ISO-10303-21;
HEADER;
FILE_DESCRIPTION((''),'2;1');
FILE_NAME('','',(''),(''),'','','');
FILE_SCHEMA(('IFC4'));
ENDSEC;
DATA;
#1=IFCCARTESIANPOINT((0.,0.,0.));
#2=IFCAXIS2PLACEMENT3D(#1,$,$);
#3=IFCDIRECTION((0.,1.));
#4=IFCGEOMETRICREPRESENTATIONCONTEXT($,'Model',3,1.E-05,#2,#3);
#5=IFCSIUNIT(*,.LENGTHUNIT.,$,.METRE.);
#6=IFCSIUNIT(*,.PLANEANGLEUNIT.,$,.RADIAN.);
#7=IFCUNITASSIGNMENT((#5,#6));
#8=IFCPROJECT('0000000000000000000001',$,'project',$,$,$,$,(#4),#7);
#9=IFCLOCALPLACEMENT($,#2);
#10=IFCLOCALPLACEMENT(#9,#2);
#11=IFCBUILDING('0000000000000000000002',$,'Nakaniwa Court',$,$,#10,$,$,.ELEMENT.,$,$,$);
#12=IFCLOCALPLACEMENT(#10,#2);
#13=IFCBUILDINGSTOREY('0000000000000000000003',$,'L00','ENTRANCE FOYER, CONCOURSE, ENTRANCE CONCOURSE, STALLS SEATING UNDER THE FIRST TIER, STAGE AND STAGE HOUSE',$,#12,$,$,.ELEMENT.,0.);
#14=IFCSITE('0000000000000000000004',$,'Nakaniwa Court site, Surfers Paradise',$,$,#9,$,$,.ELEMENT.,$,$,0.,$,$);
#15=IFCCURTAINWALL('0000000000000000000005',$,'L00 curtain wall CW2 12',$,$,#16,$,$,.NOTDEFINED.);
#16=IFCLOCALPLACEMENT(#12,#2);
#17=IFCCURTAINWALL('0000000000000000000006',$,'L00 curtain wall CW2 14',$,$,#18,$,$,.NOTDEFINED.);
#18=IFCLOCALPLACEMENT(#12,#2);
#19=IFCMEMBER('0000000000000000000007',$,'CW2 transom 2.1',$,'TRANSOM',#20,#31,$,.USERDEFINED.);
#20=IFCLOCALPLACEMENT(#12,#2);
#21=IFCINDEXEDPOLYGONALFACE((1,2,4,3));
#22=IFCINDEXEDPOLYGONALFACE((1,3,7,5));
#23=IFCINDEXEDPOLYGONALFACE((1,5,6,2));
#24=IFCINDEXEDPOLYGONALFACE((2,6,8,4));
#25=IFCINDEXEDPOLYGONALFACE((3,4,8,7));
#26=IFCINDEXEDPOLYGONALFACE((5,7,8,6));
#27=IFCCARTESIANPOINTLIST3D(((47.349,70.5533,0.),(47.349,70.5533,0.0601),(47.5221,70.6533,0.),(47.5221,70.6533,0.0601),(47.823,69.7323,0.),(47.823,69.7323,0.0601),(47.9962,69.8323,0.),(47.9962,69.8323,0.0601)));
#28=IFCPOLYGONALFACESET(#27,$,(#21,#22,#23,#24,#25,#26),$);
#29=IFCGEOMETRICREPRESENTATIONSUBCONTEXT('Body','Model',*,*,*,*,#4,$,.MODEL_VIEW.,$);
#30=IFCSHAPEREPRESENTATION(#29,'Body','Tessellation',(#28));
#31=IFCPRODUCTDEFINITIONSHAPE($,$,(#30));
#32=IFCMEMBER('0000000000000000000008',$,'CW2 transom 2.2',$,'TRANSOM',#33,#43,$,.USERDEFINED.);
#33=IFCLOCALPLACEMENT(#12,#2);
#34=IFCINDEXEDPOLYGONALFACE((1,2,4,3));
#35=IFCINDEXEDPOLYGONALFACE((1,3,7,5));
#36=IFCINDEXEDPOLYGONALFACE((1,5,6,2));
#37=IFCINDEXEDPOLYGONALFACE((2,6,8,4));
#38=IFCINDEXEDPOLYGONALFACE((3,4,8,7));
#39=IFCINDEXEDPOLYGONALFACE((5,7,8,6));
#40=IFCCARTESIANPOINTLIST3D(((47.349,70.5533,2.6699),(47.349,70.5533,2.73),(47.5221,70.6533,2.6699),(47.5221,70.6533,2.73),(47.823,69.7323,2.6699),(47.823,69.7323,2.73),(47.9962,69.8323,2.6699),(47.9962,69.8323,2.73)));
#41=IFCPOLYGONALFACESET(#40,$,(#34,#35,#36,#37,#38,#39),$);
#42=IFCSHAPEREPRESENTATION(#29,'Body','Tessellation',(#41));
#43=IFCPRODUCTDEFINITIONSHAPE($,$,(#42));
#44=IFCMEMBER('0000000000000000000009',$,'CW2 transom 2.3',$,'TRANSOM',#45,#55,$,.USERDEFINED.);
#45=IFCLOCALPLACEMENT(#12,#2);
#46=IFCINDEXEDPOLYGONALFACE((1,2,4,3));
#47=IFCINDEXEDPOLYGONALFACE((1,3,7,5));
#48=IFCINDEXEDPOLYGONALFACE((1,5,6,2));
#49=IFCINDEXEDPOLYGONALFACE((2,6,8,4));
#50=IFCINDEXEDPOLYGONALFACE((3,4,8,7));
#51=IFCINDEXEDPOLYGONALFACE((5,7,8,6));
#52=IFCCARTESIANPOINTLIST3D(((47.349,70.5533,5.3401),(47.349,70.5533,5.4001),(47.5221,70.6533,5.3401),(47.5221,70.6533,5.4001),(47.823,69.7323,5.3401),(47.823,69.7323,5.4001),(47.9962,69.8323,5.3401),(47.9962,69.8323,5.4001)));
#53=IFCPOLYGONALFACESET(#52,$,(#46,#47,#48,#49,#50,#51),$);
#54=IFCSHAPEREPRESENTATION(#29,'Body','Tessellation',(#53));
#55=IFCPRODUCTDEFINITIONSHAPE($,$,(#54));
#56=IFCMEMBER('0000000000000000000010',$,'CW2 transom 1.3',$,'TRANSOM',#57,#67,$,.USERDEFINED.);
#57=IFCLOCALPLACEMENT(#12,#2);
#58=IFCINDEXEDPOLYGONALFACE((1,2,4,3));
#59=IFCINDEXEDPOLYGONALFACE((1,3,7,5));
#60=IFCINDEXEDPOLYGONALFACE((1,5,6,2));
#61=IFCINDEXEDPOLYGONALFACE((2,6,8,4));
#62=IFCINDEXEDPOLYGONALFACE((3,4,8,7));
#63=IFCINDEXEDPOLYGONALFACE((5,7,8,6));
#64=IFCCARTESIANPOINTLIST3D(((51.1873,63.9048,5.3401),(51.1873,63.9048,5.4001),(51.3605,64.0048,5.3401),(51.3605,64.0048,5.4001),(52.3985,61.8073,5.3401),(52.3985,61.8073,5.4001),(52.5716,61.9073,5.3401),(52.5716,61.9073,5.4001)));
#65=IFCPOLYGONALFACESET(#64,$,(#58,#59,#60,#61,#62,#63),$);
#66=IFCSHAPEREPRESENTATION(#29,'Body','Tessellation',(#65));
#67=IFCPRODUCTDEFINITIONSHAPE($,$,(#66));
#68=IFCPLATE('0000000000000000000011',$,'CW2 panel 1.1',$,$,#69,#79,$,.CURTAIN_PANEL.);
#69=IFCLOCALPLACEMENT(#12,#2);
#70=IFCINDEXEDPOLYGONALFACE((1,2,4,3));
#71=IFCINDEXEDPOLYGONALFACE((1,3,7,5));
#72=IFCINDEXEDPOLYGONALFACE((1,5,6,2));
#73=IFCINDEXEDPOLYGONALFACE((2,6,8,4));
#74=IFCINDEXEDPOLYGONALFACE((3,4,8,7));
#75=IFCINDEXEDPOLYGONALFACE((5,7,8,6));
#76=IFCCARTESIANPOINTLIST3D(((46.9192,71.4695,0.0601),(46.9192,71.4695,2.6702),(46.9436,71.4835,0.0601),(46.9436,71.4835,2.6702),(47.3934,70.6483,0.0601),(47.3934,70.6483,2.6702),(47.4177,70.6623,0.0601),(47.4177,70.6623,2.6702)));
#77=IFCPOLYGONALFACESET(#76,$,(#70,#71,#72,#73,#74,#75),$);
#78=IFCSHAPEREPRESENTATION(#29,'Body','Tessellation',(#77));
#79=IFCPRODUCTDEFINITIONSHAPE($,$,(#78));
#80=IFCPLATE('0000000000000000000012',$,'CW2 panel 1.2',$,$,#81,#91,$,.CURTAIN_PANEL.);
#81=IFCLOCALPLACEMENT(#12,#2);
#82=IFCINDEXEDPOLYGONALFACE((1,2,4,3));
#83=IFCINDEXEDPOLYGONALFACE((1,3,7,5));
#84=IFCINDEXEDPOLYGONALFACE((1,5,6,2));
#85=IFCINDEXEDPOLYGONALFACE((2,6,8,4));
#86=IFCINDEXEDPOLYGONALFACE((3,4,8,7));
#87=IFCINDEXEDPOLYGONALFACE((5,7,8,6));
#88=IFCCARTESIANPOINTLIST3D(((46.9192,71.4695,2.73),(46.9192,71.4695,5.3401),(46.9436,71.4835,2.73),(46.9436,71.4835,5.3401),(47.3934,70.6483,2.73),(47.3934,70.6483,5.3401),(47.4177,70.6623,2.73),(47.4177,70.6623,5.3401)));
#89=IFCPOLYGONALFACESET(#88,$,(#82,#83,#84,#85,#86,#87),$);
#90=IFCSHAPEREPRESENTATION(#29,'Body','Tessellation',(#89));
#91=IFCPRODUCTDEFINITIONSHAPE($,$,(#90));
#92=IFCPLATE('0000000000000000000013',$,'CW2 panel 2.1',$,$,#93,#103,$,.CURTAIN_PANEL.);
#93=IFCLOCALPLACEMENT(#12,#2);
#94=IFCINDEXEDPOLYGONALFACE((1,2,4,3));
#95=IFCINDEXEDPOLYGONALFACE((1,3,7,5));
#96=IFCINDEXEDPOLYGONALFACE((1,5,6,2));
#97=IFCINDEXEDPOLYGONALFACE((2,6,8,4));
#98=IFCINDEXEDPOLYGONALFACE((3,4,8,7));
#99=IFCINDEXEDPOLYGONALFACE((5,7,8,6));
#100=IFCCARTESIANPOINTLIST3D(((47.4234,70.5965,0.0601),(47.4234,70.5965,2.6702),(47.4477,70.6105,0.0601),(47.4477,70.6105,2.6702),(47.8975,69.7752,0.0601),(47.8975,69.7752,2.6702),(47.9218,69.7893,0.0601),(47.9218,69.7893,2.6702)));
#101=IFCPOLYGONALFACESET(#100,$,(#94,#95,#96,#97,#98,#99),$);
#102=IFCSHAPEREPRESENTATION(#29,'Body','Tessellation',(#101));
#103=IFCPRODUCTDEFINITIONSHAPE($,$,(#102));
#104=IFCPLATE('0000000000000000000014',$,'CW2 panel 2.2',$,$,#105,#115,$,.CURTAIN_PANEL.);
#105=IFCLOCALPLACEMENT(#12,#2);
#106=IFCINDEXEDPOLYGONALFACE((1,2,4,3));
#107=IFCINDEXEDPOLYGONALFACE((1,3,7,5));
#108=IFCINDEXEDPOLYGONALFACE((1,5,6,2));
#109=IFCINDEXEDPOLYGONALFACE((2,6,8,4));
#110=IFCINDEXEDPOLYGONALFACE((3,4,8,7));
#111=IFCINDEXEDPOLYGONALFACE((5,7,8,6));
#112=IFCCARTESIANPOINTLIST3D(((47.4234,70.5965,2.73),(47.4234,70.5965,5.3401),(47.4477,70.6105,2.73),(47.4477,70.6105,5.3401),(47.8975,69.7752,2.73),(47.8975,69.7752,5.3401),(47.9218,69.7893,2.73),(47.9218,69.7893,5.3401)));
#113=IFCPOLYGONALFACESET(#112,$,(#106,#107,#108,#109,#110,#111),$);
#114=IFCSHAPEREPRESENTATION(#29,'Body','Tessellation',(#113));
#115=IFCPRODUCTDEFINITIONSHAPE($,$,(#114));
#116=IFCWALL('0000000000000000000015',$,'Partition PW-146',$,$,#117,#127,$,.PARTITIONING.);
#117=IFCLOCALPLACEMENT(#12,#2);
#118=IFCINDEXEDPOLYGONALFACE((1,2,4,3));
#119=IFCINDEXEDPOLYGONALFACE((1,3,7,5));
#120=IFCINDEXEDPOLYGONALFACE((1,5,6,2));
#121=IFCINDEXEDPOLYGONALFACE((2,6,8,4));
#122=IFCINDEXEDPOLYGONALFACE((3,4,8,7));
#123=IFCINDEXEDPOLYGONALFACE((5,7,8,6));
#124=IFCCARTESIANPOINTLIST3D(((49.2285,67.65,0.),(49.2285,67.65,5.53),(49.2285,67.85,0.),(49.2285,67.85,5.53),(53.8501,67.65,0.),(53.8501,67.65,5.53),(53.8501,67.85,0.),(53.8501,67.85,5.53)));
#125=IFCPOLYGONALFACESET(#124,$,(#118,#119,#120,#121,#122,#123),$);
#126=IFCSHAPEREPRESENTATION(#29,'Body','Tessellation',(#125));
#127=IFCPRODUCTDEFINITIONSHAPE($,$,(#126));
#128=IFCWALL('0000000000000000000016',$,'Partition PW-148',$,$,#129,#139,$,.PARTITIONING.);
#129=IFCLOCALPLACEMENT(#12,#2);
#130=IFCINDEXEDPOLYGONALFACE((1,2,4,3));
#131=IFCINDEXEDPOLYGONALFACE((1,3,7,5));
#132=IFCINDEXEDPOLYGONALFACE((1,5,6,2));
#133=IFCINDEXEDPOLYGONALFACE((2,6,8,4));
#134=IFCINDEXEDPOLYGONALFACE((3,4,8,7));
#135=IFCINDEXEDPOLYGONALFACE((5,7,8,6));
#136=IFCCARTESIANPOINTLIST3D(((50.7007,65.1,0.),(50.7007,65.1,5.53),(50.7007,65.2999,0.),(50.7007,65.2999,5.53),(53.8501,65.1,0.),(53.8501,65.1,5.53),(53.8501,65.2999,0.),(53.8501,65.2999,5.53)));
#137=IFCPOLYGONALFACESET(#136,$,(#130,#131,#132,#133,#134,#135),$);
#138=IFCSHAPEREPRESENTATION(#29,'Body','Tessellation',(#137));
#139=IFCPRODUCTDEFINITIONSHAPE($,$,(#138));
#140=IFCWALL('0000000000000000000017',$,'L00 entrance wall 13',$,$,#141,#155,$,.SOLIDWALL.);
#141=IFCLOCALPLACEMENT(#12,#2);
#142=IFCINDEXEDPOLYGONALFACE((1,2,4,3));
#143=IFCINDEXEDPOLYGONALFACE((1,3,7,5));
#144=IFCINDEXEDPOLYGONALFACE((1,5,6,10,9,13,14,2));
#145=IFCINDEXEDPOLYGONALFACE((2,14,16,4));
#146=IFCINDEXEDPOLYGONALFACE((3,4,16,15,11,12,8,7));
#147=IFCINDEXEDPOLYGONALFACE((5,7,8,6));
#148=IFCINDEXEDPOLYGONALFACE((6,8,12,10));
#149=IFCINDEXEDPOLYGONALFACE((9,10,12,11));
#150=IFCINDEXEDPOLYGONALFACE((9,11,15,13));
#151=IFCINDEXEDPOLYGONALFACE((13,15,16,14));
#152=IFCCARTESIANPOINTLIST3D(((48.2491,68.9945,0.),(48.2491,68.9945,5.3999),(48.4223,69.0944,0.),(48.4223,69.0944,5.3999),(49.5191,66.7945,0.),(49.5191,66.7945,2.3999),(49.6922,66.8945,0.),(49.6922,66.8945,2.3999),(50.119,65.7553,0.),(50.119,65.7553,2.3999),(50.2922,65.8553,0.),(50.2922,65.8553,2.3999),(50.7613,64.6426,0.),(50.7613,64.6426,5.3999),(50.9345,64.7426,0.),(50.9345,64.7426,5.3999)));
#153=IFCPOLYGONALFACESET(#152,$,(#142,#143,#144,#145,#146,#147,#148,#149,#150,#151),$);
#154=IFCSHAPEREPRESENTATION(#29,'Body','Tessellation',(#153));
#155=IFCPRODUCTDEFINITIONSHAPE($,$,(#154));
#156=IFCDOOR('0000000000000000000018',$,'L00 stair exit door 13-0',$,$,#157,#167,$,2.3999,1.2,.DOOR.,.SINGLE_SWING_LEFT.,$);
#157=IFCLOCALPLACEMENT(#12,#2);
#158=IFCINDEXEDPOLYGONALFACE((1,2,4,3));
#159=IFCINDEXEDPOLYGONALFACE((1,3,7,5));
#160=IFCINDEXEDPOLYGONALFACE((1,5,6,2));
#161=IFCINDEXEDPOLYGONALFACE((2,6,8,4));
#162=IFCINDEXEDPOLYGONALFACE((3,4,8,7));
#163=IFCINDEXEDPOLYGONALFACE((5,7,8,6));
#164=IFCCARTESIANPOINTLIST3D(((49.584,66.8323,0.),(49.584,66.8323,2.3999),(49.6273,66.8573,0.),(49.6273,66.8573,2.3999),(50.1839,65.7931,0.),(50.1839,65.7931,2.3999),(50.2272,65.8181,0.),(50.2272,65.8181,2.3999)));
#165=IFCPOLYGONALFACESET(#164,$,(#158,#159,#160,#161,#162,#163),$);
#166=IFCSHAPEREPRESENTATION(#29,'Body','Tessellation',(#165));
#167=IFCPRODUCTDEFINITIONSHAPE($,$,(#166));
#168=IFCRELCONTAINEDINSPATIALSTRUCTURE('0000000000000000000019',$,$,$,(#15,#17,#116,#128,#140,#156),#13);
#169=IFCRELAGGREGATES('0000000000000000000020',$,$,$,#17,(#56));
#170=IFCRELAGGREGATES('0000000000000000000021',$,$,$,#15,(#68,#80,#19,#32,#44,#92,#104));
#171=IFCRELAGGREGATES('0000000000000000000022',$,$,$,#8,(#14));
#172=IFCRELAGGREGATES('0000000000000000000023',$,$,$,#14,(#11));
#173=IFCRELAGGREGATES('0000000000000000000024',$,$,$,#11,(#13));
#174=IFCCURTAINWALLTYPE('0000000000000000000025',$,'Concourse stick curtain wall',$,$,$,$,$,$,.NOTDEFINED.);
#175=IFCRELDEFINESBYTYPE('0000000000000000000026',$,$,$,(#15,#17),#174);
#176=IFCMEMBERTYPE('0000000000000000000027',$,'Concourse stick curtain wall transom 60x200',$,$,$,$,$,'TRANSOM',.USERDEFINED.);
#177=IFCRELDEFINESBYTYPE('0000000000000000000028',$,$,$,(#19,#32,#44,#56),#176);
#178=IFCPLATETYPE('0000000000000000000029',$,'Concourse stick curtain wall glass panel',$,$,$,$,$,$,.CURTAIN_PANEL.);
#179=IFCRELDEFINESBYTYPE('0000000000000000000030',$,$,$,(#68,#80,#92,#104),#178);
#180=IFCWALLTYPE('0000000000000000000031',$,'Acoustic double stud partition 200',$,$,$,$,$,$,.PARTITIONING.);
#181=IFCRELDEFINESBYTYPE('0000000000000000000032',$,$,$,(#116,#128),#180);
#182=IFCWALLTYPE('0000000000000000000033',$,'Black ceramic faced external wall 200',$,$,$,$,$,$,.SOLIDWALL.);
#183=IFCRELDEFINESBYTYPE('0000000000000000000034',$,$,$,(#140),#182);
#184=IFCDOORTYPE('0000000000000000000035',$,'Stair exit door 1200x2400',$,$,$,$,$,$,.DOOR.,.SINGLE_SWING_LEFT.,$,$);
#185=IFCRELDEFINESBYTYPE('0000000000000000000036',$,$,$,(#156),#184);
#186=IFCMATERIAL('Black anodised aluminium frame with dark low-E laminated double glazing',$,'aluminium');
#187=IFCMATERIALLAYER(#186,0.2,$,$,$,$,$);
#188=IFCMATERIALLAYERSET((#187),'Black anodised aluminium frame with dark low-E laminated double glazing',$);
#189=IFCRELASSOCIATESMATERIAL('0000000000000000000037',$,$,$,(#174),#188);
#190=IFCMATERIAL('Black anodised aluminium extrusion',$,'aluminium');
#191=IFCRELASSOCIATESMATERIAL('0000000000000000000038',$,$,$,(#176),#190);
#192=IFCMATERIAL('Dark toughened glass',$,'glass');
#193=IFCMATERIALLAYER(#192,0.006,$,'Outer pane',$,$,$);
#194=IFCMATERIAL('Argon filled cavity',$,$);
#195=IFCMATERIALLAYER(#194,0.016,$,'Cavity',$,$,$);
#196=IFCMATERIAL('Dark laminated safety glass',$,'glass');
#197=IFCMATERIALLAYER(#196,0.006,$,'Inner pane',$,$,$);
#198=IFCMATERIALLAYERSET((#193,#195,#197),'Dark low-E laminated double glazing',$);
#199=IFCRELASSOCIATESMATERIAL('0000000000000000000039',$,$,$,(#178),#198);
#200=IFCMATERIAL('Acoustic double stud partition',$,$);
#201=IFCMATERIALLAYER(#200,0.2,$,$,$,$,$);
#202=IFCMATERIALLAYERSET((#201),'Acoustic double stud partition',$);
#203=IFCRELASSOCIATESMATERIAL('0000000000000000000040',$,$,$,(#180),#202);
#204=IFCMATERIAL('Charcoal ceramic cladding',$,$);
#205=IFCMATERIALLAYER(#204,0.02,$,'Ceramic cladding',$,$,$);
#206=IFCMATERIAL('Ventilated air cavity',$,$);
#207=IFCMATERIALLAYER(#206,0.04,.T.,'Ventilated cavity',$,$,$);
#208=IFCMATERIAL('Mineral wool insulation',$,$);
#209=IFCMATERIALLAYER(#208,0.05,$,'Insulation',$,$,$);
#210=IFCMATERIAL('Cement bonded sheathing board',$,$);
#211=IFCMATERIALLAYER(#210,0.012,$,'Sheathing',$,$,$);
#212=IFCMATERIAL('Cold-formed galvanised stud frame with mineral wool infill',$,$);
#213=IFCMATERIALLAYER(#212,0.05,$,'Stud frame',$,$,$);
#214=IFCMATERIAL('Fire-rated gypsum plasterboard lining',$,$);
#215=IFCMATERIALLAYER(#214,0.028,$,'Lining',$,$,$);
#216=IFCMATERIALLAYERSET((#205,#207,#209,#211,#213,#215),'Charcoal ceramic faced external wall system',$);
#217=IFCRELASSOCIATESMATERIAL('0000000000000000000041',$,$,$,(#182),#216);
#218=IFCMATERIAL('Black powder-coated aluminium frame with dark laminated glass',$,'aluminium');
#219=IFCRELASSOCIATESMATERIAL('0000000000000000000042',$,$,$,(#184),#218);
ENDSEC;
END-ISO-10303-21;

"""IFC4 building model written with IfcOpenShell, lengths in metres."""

from ifc_helpers import new_model, si_unit, direction, frame, frame_2d, origin, origin_2d, place, context, subcontext, project, spatial, rectangle, extrude, material, layer, layer_set, material_profile, profile_set, type_object, element, fill, aggregate, save


model = new_model("IFC4")

# Units and contexts
model_context = context("Model", 3, precision=1e-05, world=origin(), true_north=direction((0.0, 1.0)))
body_context = subcontext(model_context, "Body", "Model", "MODEL_VIEW")
ifc_project = project(units=[si_unit("LENGTHUNIT", "METRE"), si_unit("PLANEANGLEUNIT", "RADIAN")], contexts=[model_context])

# Site, building, storey
site_placement = place(None, origin())
site = spatial("IfcSite", under=ifc_project, at=site_placement, Name="Nakaniwa Court site, Surfers Paradise", CompositionType="ELEMENT", RefElevation=0.0)
building_placement = place(site_placement, origin())
building = spatial("IfcBuilding", under=site, at=building_placement, Name="Nakaniwa Court", CompositionType="ELEMENT")
storey_placement = place(building_placement, origin())
storey = spatial("IfcBuildingStorey", under=building, at=storey_placement, Name="L00", Description="ENTRANCE FOYER, CONCOURSE, ENTRANCE CONCOURSE, STALLS SEATING UNDER THE FIRST TIER, STAGE AND STAGE HOUSE", CompositionType="ELEMENT", Elevation=0.0)

# Curtain wall
ifc_material_1 = material(Name="Black anodised aluminium frame with dark low-E laminated double glazing", Category="aluminium")
ifc_layer_1 = layer(ifc_material_1, 0.2)
ifc_layer_set_1 = layer_set([ifc_layer_1], Name="Black anodised aluminium frame with dark low-E laminated double glazing")
curtain_wall_type = type_object("IfcCurtainWallType", Name="Concourse stick curtain wall", PredefinedType="NOTDEFINED", material=ifc_layer_set_1)
curtain_wall_1_placement = place(storey_placement, origin())
curtain_wall_1 = element("IfcCurtainWall", 1, at=curtain_wall_1_placement, inside=storey, type_object=curtain_wall_type, Name="L00 curtain wall CW2 12", PredefinedType="NOTDEFINED")
ifc_material_2 = material(Name="Black anodised aluminium extrusion", Category="aluminium")

# Curtain wall
curtain_wall_2_placement = place(storey_placement, origin())
curtain_wall_2 = element("IfcCurtainWall", 2, at=curtain_wall_2_placement, inside=storey, type_object=curtain_wall_type, Name="L00 curtain wall CW2 14", PredefinedType="NOTDEFINED")

# Members
ifc_material_profile_1 = material_profile(ifc_material_2, rectangle(XDim=0.2, YDim=0.0601, at=origin_2d()), Name="Concourse stick curtain wall transom 60x200")
ifc_profile_set_1 = profile_set([ifc_material_profile_1], Name="Black anodised aluminium extrusion")
member_type_1 = type_object("IfcMemberType", Name="Concourse stick curtain wall transom 60x200", ElementType="TRANSOM", PredefinedType="USERDEFINED", material=ifc_profile_set_1)
member_1_placement = place(storey_placement, frame((47.4355, 70.6033, 0.03), z_axis=(0.500072, -0.865984, 0.0), x_axis=(0.865984, 0.500072, 0.0)))
member_1 = element("IfcMember", 3, at=member_1_placement, type_object=member_type_1, Name="CW2 transom 2.1", ObjectType="TRANSOM", PredefinedType="USERDEFINED", context=body_context, shape_type="SweptSolid", body=[
    extrude(rectangle(XDim=0.2, YDim=0.0601, at=origin_2d()), origin(), (0.0, 0.0, 1.0), 0.948),
])
member_2_placement = place(storey_placement, frame((47.4355, 70.6033, 2.7), z_axis=(0.500072, -0.865984, 0.0), x_axis=(0.865984, 0.500072, 0.0)))
member_2 = element("IfcMember", 4, at=member_2_placement, type_object=member_type_1, Name="CW2 transom 2.2", ObjectType="TRANSOM", PredefinedType="USERDEFINED", context=body_context, shape_type="SweptSolid", body=[
    extrude(rectangle(XDim=0.2, YDim=0.0601, at=origin_2d()), origin(), (0.0, 0.0, 1.0), 0.948),
])
member_3_placement = place(storey_placement, frame((47.4355, 70.6033, 5.3701), z_axis=(0.500072, -0.865984, 0.0), x_axis=(0.865984, 0.500072, 0.0)))
member_3 = element("IfcMember", 5, at=member_3_placement, type_object=member_type_1, Name="CW2 transom 2.3", ObjectType="TRANSOM", PredefinedType="USERDEFINED", context=body_context, shape_type="SweptSolid", body=[
    extrude(rectangle(XDim=0.2, YDim=0.0601, at=origin_2d()), origin(), (0.0, 0.0, 1.0), 0.948),
])
member_4_placement = place(storey_placement, frame((51.2739, 63.9548, 5.3701), z_axis=(0.500031, -0.866008, 0.0), x_axis=(0.866008, 0.500031, 0.0)))
member_4 = element("IfcMember", 6, at=member_4_placement, type_object=member_type_1, Name="CW2 transom 1.3", ObjectType="TRANSOM", PredefinedType="USERDEFINED", context=body_context, shape_type="SweptSolid", body=[
    extrude(rectangle(XDim=0.2, YDim=0.0601, at=origin_2d()), origin(), (0.0, 0.0, 1.0), 2.4221),
])
aggregate(curtain_wall_2, [member_4])

# Plates
ifc_material_3 = material(Name="Dark toughened glass", Category="glass")
ifc_layer_2 = layer(ifc_material_3, 0.006, Name="Outer pane")
ifc_material_4 = material(Name="Argon filled cavity")
ifc_layer_3 = layer(ifc_material_4, 0.016, Name="Cavity")
ifc_material_5 = material(Name="Dark laminated safety glass", Category="glass")
ifc_layer_4 = layer(ifc_material_5, 0.006, Name="Inner pane")
ifc_layer_set_2 = layer_set([ifc_layer_2, ifc_layer_3, ifc_layer_4], Name="Dark low-E laminated double glazing")
plate_type = type_object("IfcPlateType", Name="Concourse stick curtain wall glass panel", PredefinedType="CURTAIN_PANEL", material=ifc_layer_set_2)
plate_1_placement = place(storey_placement, frame((47.1685, 71.0659, 0.0601), z_axis=(0.0, 0.0, 1.0), x_axis=(0.499982, -0.866036, 0.0)))
plate_1 = element("IfcPlate", 7, at=plate_1_placement, type_object=plate_type, Name="CW2 panel 1.1", PredefinedType="CURTAIN_PANEL", context=body_context, shape_type="SweptSolid", body=[
    extrude(rectangle(XDim=0.9482, YDim=0.0281, at=origin_2d()), origin(), (0.0, 0.0, 1.0), 2.6101),
])
plate_2_placement = place(storey_placement, frame((47.1685, 71.0659, 2.73), z_axis=(0.0, 0.0, 1.0), x_axis=(0.499982, -0.866036, 0.0)))
plate_2 = element("IfcPlate", 8, at=plate_2_placement, type_object=plate_type, Name="CW2 panel 1.2", PredefinedType="CURTAIN_PANEL", context=body_context, shape_type="SweptSolid", body=[
    extrude(rectangle(XDim=0.9482, YDim=0.0281, at=origin_2d()), origin(), (0.0, 0.0, 1.0), 2.6101),
])
plate_3_placement = place(storey_placement, frame((47.6726, 70.1929, 0.0601), z_axis=(0.0, 0.0, 1.0), x_axis=(0.499982, -0.866036, 0.0)))
plate_3 = element("IfcPlate", 9, at=plate_3_placement, type_object=plate_type, Name="CW2 panel 2.1", PredefinedType="CURTAIN_PANEL", context=body_context, shape_type="SweptSolid", body=[
    extrude(rectangle(XDim=0.9482, YDim=0.0281, at=origin_2d()), origin(), (0.0, 0.0, 1.0), 2.6101),
])
plate_4_placement = place(storey_placement, frame((47.6726, 70.1929, 2.73), z_axis=(0.0, 0.0, 1.0), x_axis=(0.499982, -0.866036, 0.0)))
plate_4 = element("IfcPlate", 10, at=plate_4_placement, type_object=plate_type, Name="CW2 panel 2.2", PredefinedType="CURTAIN_PANEL", context=body_context, shape_type="SweptSolid", body=[
    extrude(rectangle(XDim=0.9482, YDim=0.0281, at=origin_2d()), origin(), (0.0, 0.0, 1.0), 2.6101),
])
aggregate(curtain_wall_1, [plate_1, plate_2, member_1, member_2, member_3, plate_3, plate_4])

# Walls
ifc_material_6 = material(Name="Acoustic double stud partition")
ifc_layer_5 = layer(ifc_material_6, 0.2)
ifc_layer_set_3 = layer_set([ifc_layer_5], Name="Acoustic double stud partition")
wall_type_1 = type_object("IfcWallType", Name="Acoustic double stud partition 200", PredefinedType="PARTITIONING", material=ifc_layer_set_3)
wall_1_placement = place(storey_placement, frame((49.2285, 67.75, 0.0), z_axis=(0.0, 0.0, 1.0), x_axis=(1.0, 0.0, 0.0)))
element("IfcWall", 11, at=wall_1_placement, inside=storey, type_object=wall_type_1, Name="Partition PW-146", PredefinedType="PARTITIONING", context=body_context, shape_type="SweptSolid", body=[
    extrude(rectangle(XDim=4.6216, YDim=0.2, at=frame_2d((2.3108, 0.0))), origin(), (0.0, 0.0, 1.0), 5.53),
])
wall_2_placement = place(storey_placement, frame((50.7007, 65.2, 0.0), z_axis=(0.0, 0.0, 1.0), x_axis=(1.0, 0.0, 0.0)))
element("IfcWall", 12, at=wall_2_placement, inside=storey, type_object=wall_type_1, Name="Partition PW-148", PredefinedType="PARTITIONING", context=body_context, shape_type="SweptSolid", body=[
    extrude(rectangle(XDim=3.1494, YDim=0.2, at=frame_2d((1.5747, 0.0))), origin(), (0.0, 0.0, 1.0), 5.53),
])

# Wall, opening, door
ifc_material_7 = material(Name="Charcoal ceramic cladding")
ifc_layer_6 = layer(ifc_material_7, 0.02, Name="Ceramic cladding")
ifc_material_8 = material(Name="Ventilated air cavity")
ifc_layer_7 = layer(ifc_material_8, 0.04, ventilated=True, Name="Ventilated cavity")
ifc_material_9 = material(Name="Mineral wool insulation")
ifc_layer_8 = layer(ifc_material_9, 0.05, Name="Insulation")
ifc_material_10 = material(Name="Cement bonded sheathing board")
ifc_layer_9 = layer(ifc_material_10, 0.012, Name="Sheathing")
ifc_material_11 = material(Name="Cold-formed galvanised stud frame with mineral wool infill")
ifc_layer_10 = layer(ifc_material_11, 0.05, Name="Stud frame")
ifc_material_12 = material(Name="Fire-rated gypsum plasterboard lining")
ifc_layer_11 = layer(ifc_material_12, 0.028, Name="Lining")
ifc_layer_set_4 = layer_set([ifc_layer_6, ifc_layer_7, ifc_layer_8, ifc_layer_9, ifc_layer_10, ifc_layer_11], Name="Charcoal ceramic faced external wall system")
wall_type_2 = type_object("IfcWallType", Name="Black ceramic faced external wall 200", PredefinedType="SOLIDWALL", material=ifc_layer_set_4)
wall_3_placement = place(storey_placement, frame((48.3357, 69.0444, 0.0), z_axis=(0.0, 0.0, 1.0), x_axis=(0.499954, -0.866052, 0.0)))
wall_3 = element("IfcWall", 13, at=wall_3_placement, inside=storey, type_object=wall_type_2, Name="L00 entrance wall 13", PredefinedType="SOLIDWALL", context=body_context, shape_type="SweptSolid", body=[
    extrude(rectangle(XDim=5.0249, YDim=0.2, at=frame_2d((2.5125, 0.0))), origin(), (0.0, 0.0, 1.0), 5.3999),
])
opening_placement = place(wall_3_placement, frame((2.54, 0.0, 0.0)))
opening = element("IfcOpeningElement", 14, at=opening_placement, cuts=wall_3, PredefinedType="OPENING", context=body_context, shape_type="SweptSolid", body=[
    extrude(rectangle(XDim=1.2, YDim=2.3999, at=frame_2d((0.6001, 1.2))), frame((0.0, 0.1099, 0.0), z_axis=(0.0, -1.0, 0.0), x_axis=(1.0, 0.0, 0.0)), (0.0, 0.0, 1.0), 0.22),
])
ifc_material_13 = material(Name="Black powder-coated aluminium frame with dark laminated glass", Category="aluminium")
door_type = type_object("IfcDoorType", Name="Stair exit door 1200x2400", OperationType="SINGLE_SWING_LEFT", PredefinedType="DOOR", material=ifc_material_13)
door_placement = place(opening_placement, frame((1.2, 0.0, 0.0), z_axis=(0.0, 0.0, 1.0), x_axis=(-1.0, 0.0, 0.0)))
door = element("IfcDoor", 15, at=door_placement, inside=storey, type_object=door_type, Name="L00 stair exit door 13-0", OperationType="SINGLE_SWING_LEFT", OverallHeight=2.3999, OverallWidth=1.2, PredefinedType="DOOR", context=body_context, shape_type="SweptSolid", body=[
    extrude(rectangle(XDim=1.2, YDim=2.3999, at=frame_2d((0.6001, 1.2))), frame((0.0, 0.0249, 0.0), z_axis=(0.0, -1.0, 0.0), x_axis=(1.0, 0.0, 0.0)), (0.0, 0.0, 1.0), 0.05),
])
fill(opening, door)

save(model, "model.ifc")
